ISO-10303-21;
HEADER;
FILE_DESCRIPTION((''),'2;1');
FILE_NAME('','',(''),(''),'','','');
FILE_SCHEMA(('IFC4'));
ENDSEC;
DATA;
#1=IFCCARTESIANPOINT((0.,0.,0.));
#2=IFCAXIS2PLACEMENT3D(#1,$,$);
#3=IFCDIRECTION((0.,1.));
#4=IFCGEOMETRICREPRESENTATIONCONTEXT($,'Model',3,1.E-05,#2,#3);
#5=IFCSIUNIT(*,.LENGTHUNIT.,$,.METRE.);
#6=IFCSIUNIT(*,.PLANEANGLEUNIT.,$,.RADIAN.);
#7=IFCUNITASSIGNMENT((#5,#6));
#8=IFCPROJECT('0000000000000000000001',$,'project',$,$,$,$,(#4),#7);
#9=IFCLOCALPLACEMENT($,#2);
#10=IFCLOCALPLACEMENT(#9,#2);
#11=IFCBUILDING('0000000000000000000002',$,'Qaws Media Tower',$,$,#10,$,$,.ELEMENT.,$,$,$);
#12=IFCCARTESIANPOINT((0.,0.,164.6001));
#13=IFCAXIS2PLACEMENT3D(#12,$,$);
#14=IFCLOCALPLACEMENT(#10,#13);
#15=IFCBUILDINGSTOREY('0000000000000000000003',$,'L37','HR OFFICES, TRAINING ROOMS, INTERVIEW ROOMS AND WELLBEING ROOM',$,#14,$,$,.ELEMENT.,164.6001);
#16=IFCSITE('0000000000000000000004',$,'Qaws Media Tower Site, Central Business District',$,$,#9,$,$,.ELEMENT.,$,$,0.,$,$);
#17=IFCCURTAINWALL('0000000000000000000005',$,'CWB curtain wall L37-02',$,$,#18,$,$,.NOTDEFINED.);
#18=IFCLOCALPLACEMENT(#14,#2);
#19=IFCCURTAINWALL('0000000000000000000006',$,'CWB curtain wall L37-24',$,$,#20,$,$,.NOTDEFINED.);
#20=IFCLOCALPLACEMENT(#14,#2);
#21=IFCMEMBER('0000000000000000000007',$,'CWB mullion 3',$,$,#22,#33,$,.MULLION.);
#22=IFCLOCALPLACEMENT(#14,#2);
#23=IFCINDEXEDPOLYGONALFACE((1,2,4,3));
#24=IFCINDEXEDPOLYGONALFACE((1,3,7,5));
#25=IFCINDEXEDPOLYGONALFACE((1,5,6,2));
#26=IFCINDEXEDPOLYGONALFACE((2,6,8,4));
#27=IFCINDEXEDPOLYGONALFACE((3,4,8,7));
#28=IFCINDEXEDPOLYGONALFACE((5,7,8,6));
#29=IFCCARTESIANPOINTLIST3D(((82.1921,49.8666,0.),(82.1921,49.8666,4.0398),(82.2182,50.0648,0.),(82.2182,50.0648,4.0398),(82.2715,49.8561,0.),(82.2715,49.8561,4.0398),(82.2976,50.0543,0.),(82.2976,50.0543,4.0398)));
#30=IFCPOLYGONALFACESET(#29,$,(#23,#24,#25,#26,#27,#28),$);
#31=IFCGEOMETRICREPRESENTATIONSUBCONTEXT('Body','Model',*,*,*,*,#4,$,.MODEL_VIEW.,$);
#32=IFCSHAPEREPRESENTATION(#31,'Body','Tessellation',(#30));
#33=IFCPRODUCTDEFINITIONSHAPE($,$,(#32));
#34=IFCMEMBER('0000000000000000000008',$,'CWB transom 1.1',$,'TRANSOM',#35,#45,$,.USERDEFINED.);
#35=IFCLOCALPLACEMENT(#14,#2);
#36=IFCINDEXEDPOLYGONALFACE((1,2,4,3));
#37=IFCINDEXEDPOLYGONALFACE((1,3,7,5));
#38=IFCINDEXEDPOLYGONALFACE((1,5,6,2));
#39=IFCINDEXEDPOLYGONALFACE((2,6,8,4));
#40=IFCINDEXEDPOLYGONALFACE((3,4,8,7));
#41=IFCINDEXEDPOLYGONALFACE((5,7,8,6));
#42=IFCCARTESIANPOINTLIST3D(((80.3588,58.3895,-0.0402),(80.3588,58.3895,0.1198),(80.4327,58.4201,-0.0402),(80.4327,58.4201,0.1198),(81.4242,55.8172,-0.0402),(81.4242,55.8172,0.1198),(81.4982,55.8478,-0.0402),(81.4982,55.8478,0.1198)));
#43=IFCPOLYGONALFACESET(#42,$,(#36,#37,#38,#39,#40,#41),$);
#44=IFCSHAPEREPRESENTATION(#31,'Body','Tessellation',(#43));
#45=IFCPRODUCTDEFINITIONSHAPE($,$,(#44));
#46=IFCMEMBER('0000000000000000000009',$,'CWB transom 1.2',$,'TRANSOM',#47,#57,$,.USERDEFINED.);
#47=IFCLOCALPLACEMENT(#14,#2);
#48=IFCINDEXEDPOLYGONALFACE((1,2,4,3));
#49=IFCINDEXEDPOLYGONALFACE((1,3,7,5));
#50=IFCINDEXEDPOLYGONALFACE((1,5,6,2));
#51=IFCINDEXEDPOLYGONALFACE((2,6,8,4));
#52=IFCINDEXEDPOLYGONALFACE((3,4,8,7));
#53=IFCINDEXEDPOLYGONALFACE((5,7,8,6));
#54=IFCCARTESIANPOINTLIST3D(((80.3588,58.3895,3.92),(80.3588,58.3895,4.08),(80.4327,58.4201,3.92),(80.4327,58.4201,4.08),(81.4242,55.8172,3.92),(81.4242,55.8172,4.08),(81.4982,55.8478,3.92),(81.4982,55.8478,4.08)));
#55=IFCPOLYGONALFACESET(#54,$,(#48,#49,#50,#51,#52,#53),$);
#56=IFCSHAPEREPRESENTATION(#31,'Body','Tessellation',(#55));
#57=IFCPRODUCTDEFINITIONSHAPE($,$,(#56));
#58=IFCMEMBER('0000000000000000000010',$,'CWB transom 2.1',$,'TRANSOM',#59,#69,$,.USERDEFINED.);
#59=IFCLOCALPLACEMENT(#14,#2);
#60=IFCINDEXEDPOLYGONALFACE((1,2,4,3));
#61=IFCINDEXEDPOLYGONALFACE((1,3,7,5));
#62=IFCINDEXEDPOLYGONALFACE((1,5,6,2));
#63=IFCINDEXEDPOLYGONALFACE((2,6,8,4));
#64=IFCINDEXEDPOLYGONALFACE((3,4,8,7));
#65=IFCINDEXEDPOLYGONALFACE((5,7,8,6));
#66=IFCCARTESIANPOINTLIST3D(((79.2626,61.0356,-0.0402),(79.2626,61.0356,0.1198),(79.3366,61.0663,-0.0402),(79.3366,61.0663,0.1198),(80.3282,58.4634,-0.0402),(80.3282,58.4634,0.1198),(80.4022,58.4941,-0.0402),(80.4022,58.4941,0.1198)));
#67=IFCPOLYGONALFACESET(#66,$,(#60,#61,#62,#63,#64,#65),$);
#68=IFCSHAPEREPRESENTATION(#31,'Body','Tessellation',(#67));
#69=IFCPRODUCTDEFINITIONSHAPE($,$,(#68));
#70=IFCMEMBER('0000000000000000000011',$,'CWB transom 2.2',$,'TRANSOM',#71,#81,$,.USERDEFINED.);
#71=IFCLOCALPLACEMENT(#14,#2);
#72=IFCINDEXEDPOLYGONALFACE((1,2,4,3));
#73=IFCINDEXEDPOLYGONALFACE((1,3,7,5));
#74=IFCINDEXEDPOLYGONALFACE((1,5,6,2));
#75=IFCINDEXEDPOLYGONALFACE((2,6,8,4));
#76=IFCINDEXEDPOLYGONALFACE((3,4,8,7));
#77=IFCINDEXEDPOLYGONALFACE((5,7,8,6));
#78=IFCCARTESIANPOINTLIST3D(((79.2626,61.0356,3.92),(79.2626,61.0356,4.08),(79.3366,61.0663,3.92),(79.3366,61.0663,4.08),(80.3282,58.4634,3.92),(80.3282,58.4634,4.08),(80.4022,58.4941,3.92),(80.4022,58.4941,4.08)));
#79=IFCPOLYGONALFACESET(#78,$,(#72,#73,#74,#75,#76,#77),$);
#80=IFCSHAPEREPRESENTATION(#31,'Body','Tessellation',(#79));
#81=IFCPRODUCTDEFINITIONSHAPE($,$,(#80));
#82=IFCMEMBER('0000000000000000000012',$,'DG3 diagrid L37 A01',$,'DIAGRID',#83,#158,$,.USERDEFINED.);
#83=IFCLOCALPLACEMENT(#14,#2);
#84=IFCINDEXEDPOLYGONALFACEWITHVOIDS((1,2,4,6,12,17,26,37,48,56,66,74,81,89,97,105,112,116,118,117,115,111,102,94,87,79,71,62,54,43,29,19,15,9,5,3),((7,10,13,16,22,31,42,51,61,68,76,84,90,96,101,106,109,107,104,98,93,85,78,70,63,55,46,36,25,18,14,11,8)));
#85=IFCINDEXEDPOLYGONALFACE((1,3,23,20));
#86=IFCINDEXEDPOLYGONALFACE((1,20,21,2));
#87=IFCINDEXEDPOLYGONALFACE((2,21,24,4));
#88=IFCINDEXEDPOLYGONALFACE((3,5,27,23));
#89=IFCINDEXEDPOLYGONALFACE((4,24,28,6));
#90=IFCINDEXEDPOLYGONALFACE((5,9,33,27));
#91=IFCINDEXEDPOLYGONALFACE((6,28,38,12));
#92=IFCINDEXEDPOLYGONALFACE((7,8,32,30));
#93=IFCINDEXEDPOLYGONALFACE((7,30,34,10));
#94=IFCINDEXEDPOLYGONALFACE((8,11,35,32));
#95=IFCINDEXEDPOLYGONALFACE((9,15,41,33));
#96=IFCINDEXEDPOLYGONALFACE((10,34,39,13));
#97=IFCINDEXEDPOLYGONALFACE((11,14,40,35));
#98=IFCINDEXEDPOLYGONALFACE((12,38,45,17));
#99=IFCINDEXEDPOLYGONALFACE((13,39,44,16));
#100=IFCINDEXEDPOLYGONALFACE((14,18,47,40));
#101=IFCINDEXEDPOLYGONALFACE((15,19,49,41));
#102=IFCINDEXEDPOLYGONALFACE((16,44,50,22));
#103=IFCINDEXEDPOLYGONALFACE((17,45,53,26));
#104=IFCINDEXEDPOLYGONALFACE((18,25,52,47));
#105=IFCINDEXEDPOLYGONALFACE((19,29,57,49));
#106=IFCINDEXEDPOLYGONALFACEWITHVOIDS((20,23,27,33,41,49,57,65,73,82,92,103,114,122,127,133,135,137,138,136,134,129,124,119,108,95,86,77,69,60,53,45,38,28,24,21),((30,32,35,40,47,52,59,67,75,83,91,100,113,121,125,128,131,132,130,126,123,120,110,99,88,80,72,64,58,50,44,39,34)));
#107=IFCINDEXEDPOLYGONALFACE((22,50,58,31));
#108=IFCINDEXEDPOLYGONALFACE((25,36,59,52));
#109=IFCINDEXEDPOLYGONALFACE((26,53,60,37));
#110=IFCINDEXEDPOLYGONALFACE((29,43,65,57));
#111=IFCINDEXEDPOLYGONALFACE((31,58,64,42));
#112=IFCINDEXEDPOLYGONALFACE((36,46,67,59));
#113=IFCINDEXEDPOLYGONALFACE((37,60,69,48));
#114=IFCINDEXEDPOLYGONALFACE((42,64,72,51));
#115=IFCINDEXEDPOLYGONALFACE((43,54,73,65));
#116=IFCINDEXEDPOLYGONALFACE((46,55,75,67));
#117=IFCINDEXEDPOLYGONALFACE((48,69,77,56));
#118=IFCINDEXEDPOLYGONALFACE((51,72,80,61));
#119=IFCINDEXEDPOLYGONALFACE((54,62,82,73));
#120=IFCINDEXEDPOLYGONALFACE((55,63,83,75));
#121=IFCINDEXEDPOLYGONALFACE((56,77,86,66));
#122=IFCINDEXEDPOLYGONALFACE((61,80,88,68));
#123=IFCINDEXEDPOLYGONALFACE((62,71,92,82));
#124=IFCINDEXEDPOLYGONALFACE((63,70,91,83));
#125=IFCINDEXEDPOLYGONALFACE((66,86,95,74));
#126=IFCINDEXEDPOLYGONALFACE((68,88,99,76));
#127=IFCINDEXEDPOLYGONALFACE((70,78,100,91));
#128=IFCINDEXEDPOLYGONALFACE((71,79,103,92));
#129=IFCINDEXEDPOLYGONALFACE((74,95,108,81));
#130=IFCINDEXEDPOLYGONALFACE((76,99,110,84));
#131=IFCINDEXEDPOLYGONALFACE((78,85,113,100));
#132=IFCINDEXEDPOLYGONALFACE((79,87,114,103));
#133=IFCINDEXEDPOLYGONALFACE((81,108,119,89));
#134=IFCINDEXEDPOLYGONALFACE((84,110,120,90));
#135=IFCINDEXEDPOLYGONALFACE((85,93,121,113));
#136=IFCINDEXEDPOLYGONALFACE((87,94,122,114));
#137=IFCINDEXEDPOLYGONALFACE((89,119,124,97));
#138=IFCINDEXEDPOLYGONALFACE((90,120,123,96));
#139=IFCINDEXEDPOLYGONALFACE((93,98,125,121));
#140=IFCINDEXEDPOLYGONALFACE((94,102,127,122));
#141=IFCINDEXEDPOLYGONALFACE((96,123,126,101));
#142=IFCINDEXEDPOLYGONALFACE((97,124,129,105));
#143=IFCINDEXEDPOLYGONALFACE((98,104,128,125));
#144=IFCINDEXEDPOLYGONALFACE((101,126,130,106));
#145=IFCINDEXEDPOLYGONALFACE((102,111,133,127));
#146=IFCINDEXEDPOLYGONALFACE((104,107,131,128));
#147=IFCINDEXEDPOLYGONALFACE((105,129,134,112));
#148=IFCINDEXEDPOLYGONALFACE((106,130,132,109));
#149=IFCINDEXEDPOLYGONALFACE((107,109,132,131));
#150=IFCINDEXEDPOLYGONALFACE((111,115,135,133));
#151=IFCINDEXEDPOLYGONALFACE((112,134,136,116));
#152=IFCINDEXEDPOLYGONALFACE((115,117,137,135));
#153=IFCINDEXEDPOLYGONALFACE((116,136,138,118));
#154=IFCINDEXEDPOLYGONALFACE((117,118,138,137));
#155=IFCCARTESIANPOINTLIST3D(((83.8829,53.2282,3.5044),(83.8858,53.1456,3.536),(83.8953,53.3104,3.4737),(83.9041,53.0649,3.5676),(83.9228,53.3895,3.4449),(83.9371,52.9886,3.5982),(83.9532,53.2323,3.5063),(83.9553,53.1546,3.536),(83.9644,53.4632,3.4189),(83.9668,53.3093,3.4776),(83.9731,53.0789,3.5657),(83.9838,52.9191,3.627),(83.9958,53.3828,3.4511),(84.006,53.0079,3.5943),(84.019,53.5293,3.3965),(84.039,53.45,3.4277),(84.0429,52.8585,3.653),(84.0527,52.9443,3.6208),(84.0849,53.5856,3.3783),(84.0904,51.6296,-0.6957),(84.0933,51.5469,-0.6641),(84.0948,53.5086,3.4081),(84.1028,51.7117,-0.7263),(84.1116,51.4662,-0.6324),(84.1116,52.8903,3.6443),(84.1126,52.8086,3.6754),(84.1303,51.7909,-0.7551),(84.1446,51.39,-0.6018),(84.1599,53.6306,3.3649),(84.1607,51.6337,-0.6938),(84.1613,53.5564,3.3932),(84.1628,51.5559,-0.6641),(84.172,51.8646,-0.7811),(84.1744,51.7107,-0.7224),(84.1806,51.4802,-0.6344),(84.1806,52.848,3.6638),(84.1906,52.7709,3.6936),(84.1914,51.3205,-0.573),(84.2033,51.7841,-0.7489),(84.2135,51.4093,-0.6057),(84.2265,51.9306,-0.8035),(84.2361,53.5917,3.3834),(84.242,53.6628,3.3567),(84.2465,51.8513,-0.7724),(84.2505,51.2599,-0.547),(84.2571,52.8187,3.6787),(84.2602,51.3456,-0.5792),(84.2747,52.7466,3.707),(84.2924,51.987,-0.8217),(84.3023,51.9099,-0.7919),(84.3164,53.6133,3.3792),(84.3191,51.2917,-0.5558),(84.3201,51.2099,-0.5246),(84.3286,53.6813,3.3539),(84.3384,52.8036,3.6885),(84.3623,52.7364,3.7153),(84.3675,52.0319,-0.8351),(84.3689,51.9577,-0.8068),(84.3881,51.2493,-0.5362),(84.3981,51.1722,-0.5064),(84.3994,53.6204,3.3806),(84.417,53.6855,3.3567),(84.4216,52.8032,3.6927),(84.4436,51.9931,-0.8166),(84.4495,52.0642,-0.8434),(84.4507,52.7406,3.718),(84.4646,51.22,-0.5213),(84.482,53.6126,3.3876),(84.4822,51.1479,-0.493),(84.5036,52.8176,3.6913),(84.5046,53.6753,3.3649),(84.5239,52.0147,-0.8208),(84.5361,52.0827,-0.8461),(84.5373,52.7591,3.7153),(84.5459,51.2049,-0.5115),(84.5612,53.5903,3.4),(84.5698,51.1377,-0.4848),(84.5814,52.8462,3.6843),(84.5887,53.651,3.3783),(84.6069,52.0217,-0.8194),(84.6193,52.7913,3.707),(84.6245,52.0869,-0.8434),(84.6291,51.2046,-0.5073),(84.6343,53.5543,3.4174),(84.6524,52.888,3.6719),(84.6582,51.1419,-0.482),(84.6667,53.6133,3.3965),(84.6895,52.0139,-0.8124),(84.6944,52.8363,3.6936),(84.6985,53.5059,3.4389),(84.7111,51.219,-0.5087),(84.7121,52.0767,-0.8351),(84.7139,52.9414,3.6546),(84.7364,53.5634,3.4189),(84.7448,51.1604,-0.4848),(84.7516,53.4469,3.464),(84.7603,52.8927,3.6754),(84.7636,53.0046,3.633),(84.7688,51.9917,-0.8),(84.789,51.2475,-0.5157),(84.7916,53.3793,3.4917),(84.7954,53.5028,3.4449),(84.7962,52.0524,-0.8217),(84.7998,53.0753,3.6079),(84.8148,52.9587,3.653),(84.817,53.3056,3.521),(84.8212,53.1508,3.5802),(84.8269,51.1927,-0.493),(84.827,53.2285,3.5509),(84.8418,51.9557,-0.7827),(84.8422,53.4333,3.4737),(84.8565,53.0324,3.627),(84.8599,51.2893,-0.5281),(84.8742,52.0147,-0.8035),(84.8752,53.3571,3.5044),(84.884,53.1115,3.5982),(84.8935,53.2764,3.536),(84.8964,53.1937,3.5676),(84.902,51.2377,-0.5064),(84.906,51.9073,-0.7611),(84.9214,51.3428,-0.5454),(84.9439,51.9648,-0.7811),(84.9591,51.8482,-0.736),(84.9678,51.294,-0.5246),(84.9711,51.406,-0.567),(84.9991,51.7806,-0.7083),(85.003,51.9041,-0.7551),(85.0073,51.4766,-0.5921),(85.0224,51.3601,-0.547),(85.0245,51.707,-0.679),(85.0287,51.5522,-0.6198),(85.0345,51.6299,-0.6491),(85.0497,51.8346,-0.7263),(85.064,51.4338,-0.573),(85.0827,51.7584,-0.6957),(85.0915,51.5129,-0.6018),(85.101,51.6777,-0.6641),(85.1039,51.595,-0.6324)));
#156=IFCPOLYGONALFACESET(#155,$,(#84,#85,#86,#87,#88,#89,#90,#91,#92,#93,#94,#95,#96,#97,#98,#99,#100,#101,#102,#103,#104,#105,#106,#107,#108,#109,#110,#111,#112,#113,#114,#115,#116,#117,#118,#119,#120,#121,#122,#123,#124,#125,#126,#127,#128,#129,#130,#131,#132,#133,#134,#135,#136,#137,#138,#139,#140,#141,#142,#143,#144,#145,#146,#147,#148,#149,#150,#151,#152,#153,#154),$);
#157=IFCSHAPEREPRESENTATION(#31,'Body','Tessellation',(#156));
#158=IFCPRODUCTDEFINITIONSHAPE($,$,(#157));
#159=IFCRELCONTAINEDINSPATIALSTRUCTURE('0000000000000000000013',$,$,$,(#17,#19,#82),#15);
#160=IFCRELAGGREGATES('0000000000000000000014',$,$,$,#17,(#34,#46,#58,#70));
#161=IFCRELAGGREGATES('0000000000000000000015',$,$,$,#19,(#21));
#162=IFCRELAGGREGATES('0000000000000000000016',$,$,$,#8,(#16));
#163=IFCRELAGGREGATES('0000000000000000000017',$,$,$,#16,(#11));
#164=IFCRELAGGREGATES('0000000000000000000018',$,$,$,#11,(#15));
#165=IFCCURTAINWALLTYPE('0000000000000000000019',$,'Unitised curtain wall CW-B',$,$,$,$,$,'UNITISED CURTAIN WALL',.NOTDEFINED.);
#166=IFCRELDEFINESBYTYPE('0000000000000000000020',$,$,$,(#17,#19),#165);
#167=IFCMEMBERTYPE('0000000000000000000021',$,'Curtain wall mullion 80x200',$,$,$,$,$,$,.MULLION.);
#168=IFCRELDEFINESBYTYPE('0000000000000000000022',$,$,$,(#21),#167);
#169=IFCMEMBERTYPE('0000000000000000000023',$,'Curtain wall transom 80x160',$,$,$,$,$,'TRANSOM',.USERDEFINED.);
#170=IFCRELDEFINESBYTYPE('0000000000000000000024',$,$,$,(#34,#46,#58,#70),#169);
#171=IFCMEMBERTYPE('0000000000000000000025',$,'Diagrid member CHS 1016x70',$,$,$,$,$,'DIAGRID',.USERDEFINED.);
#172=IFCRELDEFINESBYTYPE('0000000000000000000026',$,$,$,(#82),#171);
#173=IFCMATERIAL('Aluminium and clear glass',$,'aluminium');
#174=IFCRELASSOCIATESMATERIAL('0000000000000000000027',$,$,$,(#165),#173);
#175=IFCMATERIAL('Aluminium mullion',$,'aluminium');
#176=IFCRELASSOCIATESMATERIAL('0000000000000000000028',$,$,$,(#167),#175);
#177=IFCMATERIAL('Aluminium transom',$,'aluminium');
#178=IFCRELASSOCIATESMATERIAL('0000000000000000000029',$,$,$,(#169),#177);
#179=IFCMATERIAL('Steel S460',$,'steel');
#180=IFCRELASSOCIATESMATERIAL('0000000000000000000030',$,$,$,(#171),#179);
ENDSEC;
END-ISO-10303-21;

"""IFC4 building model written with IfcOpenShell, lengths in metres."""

from ifc_helpers import new_model, si_unit, direction, frame, origin, origin_2d, place, context, subcontext, project, spatial, rectangle, hollow_circle, extrude, material, material_profile, profile_set, type_object, element, aggregate, save


model = new_model("IFC4")

# Units and contexts
model_context = context("Model", 3, precision=1e-05, world=origin(), true_north=direction((0.0, 1.0)))
body_context = subcontext(model_context, "Body", "Model", "MODEL_VIEW")
ifc_project = project(units=[si_unit("LENGTHUNIT", "METRE"), si_unit("PLANEANGLEUNIT", "RADIAN")], contexts=[model_context])

# Site, building, storey
site_placement = place(None, origin())
site = spatial("IfcSite", under=ifc_project, at=site_placement, Name="Qaws Media Tower Site, Central Business District", CompositionType="ELEMENT", RefElevation=0.0)
building_placement = place(site_placement, origin())
building = spatial("IfcBuilding", under=site, at=building_placement, Name="Qaws Media Tower", CompositionType="ELEMENT")
storey_placement = place(building_placement, frame((0.0, 0.0, 164.6001)))
storey = spatial("IfcBuildingStorey", under=building, at=storey_placement, Name="L37", Description="HR OFFICES, TRAINING ROOMS, INTERVIEW ROOMS AND WELLBEING ROOM", CompositionType="ELEMENT", Elevation=164.6001)

# Curtain wall
ifc_material_1 = material(Name="Aluminium and clear glass", Category="aluminium")
curtain_wall_type = type_object("IfcCurtainWallType", Name="Unitised curtain wall CW-B", ElementType="UNITISED CURTAIN WALL", PredefinedType="NOTDEFINED", material=ifc_material_1)
curtain_wall_1_placement = place(storey_placement, origin())
curtain_wall_1 = element("IfcCurtainWall", 1, at=curtain_wall_1_placement, inside=storey, type_object=curtain_wall_type, Name="CWB curtain wall L37-02", PredefinedType="NOTDEFINED")
ifc_material_2 = material(Name="Aluminium mullion", Category="aluminium")
ifc_material_profile_1 = material_profile(ifc_material_2, rectangle(XDim=0.0801, YDim=0.2, at=origin_2d()), Name="80x200")
ifc_profile_set_1 = profile_set([ifc_material_profile_1], Name="Aluminium mullion")
member_type_1 = type_object("IfcMemberType", Name="Curtain wall mullion 80x200", PredefinedType="MULLION", material=ifc_profile_set_1)

# Curtain wall, member
curtain_wall_2_placement = place(storey_placement, origin())
curtain_wall_2 = element("IfcCurtainWall", 2, at=curtain_wall_2_placement, inside=storey, type_object=curtain_wall_type, Name="CWB curtain wall L37-24", PredefinedType="NOTDEFINED")
member_1_placement = place(storey_placement, frame((82.2449, 49.9604, 0.0), z_axis=(0.0, 0.0, 1.0), x_axis=(-0.991445, 0.130526, 0.0)))
member_1 = element("IfcMember", 3, at=member_1_placement, type_object=member_type_1, Name="CWB mullion 3", PredefinedType="MULLION", context=body_context, shape_type="SweptSolid", body=[
    extrude(rectangle(XDim=0.0801, YDim=0.2, at=origin_2d()), origin(), (0.0, 0.0, 1.0), 4.0398),
])

# Members
ifc_material_3 = material(Name="Aluminium transom", Category="aluminium")
ifc_material_profile_2 = material_profile(ifc_material_3, rectangle(XDim=0.0801, YDim=0.1599, at=origin_2d()), Name="80x160")
ifc_profile_set_2 = profile_set([ifc_material_profile_2], Name="Aluminium transom")
member_type_2 = type_object("IfcMemberType", Name="Curtain wall transom 80x160", ElementType="TRANSOM", PredefinedType="USERDEFINED", material=ifc_profile_set_2)
member_2_placement = place(storey_placement, frame((81.4612, 55.8325, 0.0398), z_axis=(-0.382672, 0.923884, 0.0), x_axis=(-0.923884, -0.382672, 0.0)))
member_2 = element("IfcMember", 4, at=member_2_placement, type_object=member_type_2, Name="CWB transom 1.1", ObjectType="TRANSOM", PredefinedType="USERDEFINED", context=body_context, shape_type="SweptSolid", body=[
    extrude(rectangle(XDim=0.0801, YDim=0.1599, at=origin_2d()), origin(), (0.0, 0.0, 1.0), 2.7842),
])
member_3_placement = place(storey_placement, frame((81.4612, 55.8325, 4.0), z_axis=(-0.382672, 0.923884, 0.0), x_axis=(-0.923884, -0.382672, 0.0)))
member_3 = element("IfcMember", 5, at=member_3_placement, type_object=member_type_2, Name="CWB transom 1.2", ObjectType="TRANSOM", PredefinedType="USERDEFINED", context=body_context, shape_type="SweptSolid", body=[
    extrude(rectangle(XDim=0.0801, YDim=0.1599, at=origin_2d()), origin(), (0.0, 0.0, 1.0), 2.7842),
])
member_4_placement = place(storey_placement, frame((80.3652, 58.4788, 0.0398), z_axis=(-0.382747, 0.923853, 0.0), x_axis=(-0.923853, -0.382747, 0.0)))
member_4 = element("IfcMember", 6, at=member_4_placement, type_object=member_type_2, Name="CWB transom 2.1", ObjectType="TRANSOM", PredefinedType="USERDEFINED", context=body_context, shape_type="SweptSolid", body=[
    extrude(rectangle(XDim=0.0801, YDim=0.1599, at=origin_2d()), origin(), (0.0, 0.0, 1.0), 2.7842),
])
member_5_placement = place(storey_placement, frame((80.3652, 58.4788, 4.0), z_axis=(-0.382747, 0.923853, 0.0), x_axis=(-0.923853, -0.382747, 0.0)))
member_5 = element("IfcMember", 7, at=member_5_placement, type_object=member_type_2, Name="CWB transom 2.2", ObjectType="TRANSOM", PredefinedType="USERDEFINED", context=body_context, shape_type="SweptSolid", body=[
    extrude(rectangle(XDim=0.0801, YDim=0.1599, at=origin_2d()), origin(), (0.0, 0.0, 1.0), 2.7842),
])

# Member
ifc_material_4 = material(Name="Steel S460", Category="steel")
ifc_material_profile_3 = material_profile(ifc_material_4, hollow_circle(Radius=0.5081, WallThickness=0.0701, at=origin_2d()), Name="CHS 1016x70")
ifc_profile_set_3 = profile_set([ifc_material_profile_3], Name="Steel S460")
member_type_3 = type_object("IfcMemberType", Name="Diagrid member CHS 1016x70", ElementType="DIAGRID", PredefinedType="USERDEFINED", material=ifc_profile_set_3)
for number, where, z_axis, x_axis, name in (
    (8, (84.5972, 51.6123, -0.6641), (-0.046129, 0.355355, 0.933593), (-0.99168, -0.128731, 0.0), "DG3 diagrid L37 A01"),
):
    element("IfcMember", number, at=place(storey_placement, frame(where, z_axis=z_axis, x_axis=x_axis)), inside=storey, type_object=member_type_3, Name=name, ObjectType="DIAGRID", PredefinedType="USERDEFINED", context=body_context, shape_type="SweptSolid", body=[
        extrude(hollow_circle(Radius=0.5081, WallThickness=0.0701, at=origin_2d()), origin(), (0.0, 0.0, 1.0), 4.4988),
    ])

aggregate(curtain_wall_1, [member_2, member_3, member_4, member_5])
aggregate(curtain_wall_2, [member_1])

save(model, "model.ifc")
